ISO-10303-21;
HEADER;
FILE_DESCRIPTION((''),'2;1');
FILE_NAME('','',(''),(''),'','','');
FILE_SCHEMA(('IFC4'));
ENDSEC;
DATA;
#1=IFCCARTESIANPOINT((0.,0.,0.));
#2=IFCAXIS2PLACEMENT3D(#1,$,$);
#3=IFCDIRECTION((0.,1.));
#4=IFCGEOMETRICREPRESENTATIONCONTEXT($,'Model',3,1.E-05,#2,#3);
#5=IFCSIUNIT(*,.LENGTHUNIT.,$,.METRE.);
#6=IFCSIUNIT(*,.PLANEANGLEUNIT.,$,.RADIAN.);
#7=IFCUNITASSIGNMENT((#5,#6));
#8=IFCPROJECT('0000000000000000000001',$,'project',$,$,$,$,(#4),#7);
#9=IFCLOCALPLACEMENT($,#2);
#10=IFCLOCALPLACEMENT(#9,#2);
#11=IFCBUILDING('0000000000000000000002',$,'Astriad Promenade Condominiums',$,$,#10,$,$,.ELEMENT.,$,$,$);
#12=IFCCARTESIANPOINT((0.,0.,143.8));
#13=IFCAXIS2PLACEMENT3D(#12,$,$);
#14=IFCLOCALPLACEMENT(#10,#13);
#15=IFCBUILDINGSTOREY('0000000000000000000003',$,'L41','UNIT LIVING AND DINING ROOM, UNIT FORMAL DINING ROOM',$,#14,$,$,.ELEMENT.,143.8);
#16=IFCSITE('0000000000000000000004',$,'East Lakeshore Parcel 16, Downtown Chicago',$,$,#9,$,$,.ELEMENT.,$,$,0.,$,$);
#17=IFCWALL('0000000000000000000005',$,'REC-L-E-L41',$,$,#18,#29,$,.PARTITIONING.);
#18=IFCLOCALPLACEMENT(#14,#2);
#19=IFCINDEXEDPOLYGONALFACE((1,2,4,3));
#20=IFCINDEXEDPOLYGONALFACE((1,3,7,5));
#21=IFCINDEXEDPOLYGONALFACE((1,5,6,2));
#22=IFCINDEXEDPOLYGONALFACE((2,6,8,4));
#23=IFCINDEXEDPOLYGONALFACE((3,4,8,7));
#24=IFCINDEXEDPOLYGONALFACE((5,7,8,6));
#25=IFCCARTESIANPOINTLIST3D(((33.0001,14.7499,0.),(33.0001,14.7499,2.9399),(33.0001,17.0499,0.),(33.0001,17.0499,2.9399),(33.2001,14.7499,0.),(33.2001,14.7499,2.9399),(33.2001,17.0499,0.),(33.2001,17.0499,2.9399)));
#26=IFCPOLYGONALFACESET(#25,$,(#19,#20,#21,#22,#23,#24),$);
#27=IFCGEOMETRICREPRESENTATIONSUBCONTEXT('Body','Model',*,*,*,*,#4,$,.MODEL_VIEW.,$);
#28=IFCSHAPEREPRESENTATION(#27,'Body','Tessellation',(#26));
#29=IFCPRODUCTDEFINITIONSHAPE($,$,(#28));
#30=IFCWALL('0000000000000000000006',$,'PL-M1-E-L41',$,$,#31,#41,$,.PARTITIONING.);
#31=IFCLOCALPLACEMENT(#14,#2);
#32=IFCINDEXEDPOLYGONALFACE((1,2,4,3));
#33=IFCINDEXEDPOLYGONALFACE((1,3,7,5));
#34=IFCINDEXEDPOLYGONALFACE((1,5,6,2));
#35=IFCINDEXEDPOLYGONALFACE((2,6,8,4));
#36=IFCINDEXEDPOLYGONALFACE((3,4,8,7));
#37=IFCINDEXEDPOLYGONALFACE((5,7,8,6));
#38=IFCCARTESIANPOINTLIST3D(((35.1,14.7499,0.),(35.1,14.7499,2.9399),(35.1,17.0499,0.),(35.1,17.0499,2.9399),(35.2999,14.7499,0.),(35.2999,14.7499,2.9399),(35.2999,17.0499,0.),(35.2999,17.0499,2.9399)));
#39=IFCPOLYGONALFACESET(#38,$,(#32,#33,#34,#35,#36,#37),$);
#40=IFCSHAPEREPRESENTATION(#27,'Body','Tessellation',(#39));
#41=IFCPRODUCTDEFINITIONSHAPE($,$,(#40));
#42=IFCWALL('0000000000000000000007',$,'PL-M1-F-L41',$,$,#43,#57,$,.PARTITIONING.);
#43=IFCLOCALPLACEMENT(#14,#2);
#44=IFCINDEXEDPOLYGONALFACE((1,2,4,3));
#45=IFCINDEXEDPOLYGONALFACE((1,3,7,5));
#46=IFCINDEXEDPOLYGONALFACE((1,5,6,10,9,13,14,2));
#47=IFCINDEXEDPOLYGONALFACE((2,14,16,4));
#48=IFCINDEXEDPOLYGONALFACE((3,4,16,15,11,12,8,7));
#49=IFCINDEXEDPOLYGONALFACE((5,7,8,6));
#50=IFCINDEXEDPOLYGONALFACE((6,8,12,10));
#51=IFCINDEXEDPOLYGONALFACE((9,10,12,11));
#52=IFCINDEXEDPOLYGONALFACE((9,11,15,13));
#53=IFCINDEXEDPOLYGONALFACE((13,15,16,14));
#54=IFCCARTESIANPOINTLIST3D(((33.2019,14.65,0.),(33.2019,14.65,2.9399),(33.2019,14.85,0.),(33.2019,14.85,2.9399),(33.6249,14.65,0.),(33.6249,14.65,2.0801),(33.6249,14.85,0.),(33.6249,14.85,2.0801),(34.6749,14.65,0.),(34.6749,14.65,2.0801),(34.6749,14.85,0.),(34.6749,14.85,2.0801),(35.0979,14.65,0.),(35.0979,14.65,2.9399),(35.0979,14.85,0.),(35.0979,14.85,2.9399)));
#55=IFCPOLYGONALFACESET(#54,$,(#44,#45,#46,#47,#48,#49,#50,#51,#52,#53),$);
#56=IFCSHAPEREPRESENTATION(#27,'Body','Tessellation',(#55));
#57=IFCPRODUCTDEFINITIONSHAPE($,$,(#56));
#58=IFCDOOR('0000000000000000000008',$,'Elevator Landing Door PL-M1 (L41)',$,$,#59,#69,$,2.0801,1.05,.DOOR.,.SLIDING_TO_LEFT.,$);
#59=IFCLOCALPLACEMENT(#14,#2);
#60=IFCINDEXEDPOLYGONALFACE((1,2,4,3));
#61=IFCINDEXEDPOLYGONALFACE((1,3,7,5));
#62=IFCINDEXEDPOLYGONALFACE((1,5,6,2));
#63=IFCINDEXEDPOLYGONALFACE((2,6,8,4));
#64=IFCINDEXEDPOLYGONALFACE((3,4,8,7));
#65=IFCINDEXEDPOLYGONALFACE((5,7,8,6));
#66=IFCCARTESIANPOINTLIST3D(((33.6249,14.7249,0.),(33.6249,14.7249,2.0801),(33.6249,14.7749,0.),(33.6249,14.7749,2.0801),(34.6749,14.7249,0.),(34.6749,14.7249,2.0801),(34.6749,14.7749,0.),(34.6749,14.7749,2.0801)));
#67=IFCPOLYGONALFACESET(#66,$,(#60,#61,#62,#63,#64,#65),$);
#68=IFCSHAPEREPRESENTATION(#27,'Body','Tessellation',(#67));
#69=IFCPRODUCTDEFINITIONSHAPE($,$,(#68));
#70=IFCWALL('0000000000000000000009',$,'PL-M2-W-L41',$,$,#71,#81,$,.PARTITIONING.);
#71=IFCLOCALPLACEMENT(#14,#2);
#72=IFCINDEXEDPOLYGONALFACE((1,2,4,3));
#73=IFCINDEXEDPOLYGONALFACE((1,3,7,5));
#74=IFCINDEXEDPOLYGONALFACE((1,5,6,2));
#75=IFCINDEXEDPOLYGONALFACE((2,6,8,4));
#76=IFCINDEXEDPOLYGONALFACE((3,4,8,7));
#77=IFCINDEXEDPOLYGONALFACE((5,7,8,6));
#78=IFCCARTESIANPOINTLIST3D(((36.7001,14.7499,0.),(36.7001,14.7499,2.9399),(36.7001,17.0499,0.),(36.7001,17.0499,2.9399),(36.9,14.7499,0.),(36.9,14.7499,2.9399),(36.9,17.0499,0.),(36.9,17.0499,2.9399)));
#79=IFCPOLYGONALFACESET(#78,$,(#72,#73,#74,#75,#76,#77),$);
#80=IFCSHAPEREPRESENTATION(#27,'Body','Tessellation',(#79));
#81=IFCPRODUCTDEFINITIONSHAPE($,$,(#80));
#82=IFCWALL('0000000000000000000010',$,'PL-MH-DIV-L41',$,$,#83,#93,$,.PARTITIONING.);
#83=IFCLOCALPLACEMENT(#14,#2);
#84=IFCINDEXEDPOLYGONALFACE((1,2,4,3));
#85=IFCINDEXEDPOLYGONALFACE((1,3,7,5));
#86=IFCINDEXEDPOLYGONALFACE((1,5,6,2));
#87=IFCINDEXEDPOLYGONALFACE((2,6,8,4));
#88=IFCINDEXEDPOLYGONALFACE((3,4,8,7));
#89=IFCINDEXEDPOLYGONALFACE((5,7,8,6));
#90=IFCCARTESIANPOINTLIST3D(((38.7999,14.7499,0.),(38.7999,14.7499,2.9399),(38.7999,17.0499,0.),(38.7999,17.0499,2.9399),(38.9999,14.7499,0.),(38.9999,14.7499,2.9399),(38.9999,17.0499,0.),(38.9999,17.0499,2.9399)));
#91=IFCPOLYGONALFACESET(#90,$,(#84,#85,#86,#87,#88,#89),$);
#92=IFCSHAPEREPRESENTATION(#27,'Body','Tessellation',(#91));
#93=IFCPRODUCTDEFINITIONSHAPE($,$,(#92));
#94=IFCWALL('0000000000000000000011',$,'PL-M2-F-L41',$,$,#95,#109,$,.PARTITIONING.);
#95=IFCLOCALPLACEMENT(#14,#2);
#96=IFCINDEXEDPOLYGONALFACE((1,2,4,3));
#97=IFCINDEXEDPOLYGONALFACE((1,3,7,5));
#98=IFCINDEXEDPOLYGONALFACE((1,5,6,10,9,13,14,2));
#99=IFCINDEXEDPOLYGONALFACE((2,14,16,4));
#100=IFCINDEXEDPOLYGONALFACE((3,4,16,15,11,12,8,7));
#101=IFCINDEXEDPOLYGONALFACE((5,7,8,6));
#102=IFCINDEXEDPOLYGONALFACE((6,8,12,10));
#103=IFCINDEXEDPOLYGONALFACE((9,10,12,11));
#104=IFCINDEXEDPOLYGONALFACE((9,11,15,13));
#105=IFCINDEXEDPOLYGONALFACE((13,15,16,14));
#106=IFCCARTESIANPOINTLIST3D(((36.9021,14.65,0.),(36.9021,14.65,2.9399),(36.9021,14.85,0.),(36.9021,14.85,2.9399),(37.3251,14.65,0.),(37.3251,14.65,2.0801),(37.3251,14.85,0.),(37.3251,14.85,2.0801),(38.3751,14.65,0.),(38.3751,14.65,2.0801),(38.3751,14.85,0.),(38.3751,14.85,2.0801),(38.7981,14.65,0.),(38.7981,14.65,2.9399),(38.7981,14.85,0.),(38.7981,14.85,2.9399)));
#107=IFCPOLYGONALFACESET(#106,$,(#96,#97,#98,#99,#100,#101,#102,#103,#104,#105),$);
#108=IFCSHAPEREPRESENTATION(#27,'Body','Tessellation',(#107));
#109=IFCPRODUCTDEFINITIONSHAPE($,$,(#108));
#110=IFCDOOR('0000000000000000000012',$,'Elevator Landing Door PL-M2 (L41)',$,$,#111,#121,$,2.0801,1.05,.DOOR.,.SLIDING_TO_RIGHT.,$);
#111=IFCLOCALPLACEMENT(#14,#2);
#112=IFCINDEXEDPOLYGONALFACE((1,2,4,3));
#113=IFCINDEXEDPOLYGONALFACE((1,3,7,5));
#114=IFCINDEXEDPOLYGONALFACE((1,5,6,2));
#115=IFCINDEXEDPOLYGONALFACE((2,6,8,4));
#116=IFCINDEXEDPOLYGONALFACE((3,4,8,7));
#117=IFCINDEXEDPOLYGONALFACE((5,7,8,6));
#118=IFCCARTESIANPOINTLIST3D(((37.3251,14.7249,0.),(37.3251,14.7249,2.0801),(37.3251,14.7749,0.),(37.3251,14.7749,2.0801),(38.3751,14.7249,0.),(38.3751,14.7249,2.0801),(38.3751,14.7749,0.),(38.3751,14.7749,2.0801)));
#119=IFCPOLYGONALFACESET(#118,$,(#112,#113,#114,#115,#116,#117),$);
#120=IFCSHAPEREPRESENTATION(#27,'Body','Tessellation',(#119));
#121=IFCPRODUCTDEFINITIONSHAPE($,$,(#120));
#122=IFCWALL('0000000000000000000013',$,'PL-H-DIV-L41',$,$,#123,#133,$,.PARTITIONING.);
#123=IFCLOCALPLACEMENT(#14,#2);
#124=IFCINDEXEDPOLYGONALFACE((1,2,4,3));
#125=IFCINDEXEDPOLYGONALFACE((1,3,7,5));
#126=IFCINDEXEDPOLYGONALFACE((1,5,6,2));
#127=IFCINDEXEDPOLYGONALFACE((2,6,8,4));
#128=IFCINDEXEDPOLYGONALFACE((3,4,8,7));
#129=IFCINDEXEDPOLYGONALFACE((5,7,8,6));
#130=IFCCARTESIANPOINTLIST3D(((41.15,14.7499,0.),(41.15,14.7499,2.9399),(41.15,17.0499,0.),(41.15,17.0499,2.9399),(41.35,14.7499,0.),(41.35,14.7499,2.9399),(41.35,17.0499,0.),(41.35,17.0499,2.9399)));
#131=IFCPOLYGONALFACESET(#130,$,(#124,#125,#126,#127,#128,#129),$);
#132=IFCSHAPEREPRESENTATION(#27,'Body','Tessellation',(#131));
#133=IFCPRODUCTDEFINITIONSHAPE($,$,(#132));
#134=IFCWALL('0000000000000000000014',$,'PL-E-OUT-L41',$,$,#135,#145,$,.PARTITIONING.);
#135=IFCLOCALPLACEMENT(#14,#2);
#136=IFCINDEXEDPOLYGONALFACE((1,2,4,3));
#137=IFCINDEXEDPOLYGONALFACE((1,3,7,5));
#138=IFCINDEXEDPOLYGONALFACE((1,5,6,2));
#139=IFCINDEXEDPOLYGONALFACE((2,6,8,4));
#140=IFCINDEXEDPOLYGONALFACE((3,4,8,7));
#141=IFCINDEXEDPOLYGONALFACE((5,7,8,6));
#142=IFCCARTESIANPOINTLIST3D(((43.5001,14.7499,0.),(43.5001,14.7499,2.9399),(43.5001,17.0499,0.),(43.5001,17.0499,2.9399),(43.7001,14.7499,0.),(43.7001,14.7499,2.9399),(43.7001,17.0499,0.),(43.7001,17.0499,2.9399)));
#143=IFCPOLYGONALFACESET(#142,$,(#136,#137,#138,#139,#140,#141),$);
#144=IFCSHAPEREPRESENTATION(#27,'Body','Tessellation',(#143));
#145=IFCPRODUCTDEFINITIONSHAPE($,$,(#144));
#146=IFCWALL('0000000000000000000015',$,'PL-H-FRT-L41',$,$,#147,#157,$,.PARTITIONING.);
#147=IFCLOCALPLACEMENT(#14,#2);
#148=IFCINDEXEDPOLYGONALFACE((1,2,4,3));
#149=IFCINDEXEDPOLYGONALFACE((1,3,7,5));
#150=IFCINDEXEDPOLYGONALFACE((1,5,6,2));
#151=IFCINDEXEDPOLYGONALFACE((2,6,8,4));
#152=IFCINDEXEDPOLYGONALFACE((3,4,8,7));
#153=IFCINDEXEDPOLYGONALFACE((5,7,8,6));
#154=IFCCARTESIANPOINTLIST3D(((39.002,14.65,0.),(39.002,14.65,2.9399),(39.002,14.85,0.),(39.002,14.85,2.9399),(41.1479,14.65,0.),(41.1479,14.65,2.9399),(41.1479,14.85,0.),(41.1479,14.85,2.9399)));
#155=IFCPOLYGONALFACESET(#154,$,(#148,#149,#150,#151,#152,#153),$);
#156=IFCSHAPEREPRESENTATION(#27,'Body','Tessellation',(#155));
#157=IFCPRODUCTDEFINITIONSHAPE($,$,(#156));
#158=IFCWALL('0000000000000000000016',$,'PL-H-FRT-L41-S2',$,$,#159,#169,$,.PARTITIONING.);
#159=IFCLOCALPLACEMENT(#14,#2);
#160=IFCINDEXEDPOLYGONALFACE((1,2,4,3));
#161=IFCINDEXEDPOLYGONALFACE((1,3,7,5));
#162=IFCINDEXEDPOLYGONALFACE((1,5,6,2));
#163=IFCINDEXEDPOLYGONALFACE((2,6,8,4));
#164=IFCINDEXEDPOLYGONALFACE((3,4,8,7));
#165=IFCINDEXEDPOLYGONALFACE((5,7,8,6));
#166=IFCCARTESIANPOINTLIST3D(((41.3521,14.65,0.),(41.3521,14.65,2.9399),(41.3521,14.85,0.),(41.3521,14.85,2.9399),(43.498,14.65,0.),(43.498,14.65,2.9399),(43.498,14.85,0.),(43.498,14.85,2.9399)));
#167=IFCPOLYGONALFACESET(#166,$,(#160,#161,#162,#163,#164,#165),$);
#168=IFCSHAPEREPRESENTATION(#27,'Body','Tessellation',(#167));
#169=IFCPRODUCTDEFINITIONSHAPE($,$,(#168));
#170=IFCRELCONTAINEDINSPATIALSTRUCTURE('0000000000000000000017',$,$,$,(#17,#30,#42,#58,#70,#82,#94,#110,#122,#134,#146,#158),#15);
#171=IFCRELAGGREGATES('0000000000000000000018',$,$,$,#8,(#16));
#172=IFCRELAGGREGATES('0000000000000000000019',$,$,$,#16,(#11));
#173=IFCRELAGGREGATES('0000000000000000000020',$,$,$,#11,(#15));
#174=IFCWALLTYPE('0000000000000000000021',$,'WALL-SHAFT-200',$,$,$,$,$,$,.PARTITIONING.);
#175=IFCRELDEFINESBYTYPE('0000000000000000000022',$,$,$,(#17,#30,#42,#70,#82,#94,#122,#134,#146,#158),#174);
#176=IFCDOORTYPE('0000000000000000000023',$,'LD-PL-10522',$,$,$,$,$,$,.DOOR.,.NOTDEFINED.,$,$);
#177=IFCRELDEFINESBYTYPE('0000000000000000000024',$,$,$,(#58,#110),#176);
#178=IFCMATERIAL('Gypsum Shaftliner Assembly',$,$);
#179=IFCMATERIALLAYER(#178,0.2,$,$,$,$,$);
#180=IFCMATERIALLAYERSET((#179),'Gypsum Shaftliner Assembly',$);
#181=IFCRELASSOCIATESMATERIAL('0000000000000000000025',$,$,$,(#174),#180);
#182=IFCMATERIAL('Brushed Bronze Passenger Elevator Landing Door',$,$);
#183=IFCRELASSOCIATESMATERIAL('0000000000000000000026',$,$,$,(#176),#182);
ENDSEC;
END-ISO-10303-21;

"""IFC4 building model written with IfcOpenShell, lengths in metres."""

from ifc_helpers import new_model, si_unit, direction, frame, frame_2d, origin, place, context, subcontext, project, spatial, rectangle, extrude, source, transform, mapped, material, layer, layer_set, type_object, type_shapes, element, fill, save


model = new_model("IFC4")

# Units and contexts
model_context = context("Model", 3, precision=1e-05, world=origin(), true_north=direction((0.0, 1.0)))
body_context = subcontext(model_context, "Body", "Model", "MODEL_VIEW")
ifc_project = project(units=[si_unit("LENGTHUNIT", "METRE"), si_unit("PLANEANGLEUNIT", "RADIAN")], contexts=[model_context])

# Site, building, storey
site_placement = place(None, origin())
site = spatial("IfcSite", under=ifc_project, at=site_placement, Name="East Lakeshore Parcel 16, Downtown Chicago", CompositionType="ELEMENT", RefElevation=0.0)
building_placement = place(site_placement, origin())
building = spatial("IfcBuilding", under=site, at=building_placement, Name="Astriad Promenade Condominiums", CompositionType="ELEMENT")
storey_placement = place(building_placement, frame((0.0, 0.0, 143.8)))
storey = spatial("IfcBuildingStorey", under=building, at=storey_placement, Name="L41", Description="UNIT LIVING AND DINING ROOM, UNIT FORMAL DINING ROOM", CompositionType="ELEMENT", Elevation=143.8)

# Walls
ifc_material_1 = material(Name="Gypsum Shaftliner Assembly")
ifc_layer_1 = layer(ifc_material_1, 0.2)
ifc_layer_set_1 = layer_set([ifc_layer_1], Name="Gypsum Shaftliner Assembly")
wall_type_1 = type_object("IfcWallType", Name="WALL-SHAFT-200", PredefinedType="PARTITIONING", material=ifc_layer_set_1)
for number, where, z_axis, x_axis, name in (
    (1, (33.1001, 14.75, 0.0), (0.0, 0.0, 1.0), (0.0, 1.0, 0.0), "REC-L-E-L41"),
    (2, (35.2, 14.75, 0.0), (0.0, 0.0, 1.0), (0.0, 1.0, 0.0), "PL-M1-E-L41"),
):
    element("IfcWall", number, at=place(storey_placement, frame(where, z_axis=z_axis, x_axis=x_axis)), inside=storey, type_object=wall_type_1, Name=name, PredefinedType="PARTITIONING", context=body_context, shape_type="SweptSolid", body=[
        extrude(rectangle(XDim=2.3, YDim=0.2, at=frame_2d((1.1499, 0.0))), origin(), (0.0, 0.0, 1.0), 2.9399),
    ])

# Wall, opening, door
wall_1_placement = place(storey_placement, frame((33.2019, 14.75, 0.0), z_axis=(0.0, 0.0, 1.0), x_axis=(1.0, 0.0, 0.0)))
wall_1 = element("IfcWall", 3, at=wall_1_placement, inside=storey, type_object=wall_type_1, Name="PL-M1-F-L41", PredefinedType="PARTITIONING", context=body_context, shape_type="SweptSolid", body=[
    extrude(rectangle(XDim=1.896, YDim=0.2, at=frame_2d((0.948, 0.0))), origin(), (0.0, 0.0, 1.0), 2.9399),
])
opening_1_placement = place(wall_1_placement, frame((0.4231, 0.0, 0.0)))
opening_1 = element("IfcOpeningElement", 4, at=opening_1_placement, cuts=wall_1, PredefinedType="OPENING", context=body_context, shape_type="SweptSolid", body=[
    extrude(rectangle(XDim=1.05, YDim=2.0801, at=frame_2d((0.5249, 1.04))), frame((0.0, 0.1099, 0.0), z_axis=(0.0, -1.0, 0.0), x_axis=(1.0, 0.0, 0.0)), (0.0, 0.0, 1.0), 0.22),
])
ifc_material_2 = material(Name="Brushed Bronze Passenger Elevator Landing Door")
door_type = type_object("IfcDoorType", Name="LD-PL-10522", OperationType="NOTDEFINED", PredefinedType="DOOR", material=ifc_material_2)
shared_shape_1 = source(origin(), body_context, "Body", "SweptSolid", [
    extrude(rectangle(XDim=1.05, YDim=2.0801, at=frame_2d((0.5249, 1.04))), frame((0.0, 0.0249, 0.0), z_axis=(0.0, -1.0, 0.0), x_axis=(1.0, 0.0, 0.0)), (0.0, 0.0, 1.0), 0.05),
])
type_shapes(door_type, [shared_shape_1])
door_1_placement = place(opening_1_placement, origin())
door_1 = element("IfcDoor", 5, at=door_1_placement, inside=storey, type_object=door_type, Name="Elevator Landing Door PL-M1 (L41)", OperationType="SLIDING_TO_LEFT", OverallHeight=2.0801, OverallWidth=1.05, PredefinedType="DOOR", context=body_context, shape_type="MappedRepresentation", body=[
    mapped(shared_shape_1, transform((0.0, 0.0, 0.0), scale=1.0)),
])
fill(opening_1, door_1)

# Walls
for number, where, z_axis, x_axis, name in (
    (6, (36.8, 14.75, 0.0), (0.0, 0.0, 1.0), (0.0, 1.0, 0.0), "PL-M2-W-L41"),
    (7, (38.8999, 14.75, 0.0), (0.0, 0.0, 1.0), (0.0, 1.0, 0.0), "PL-MH-DIV-L41"),
):
    element("IfcWall", number, at=place(storey_placement, frame(where, z_axis=z_axis, x_axis=x_axis)), inside=storey, type_object=wall_type_1, Name=name, PredefinedType="PARTITIONING", context=body_context, shape_type="SweptSolid", body=[
        extrude(rectangle(XDim=2.3, YDim=0.2, at=frame_2d((1.1499, 0.0))), origin(), (0.0, 0.0, 1.0), 2.9399),
    ])

# Wall, opening, door
wall_2_placement = place(storey_placement, frame((36.9021, 14.75, 0.0), z_axis=(0.0, 0.0, 1.0), x_axis=(1.0, 0.0, 0.0)))
wall_2 = element("IfcWall", 8, at=wall_2_placement, inside=storey, type_object=wall_type_1, Name="PL-M2-F-L41", PredefinedType="PARTITIONING", context=body_context, shape_type="SweptSolid", body=[
    extrude(rectangle(XDim=1.896, YDim=0.2, at=frame_2d((0.948, 0.0))), origin(), (0.0, 0.0, 1.0), 2.9399),
])
opening_2_placement = place(wall_2_placement, frame((0.4231, 0.0, 0.0)))
opening_2 = element("IfcOpeningElement", 9, at=opening_2_placement, cuts=wall_2, PredefinedType="OPENING", context=body_context, shape_type="SweptSolid", body=[
    extrude(rectangle(XDim=1.05, YDim=2.0801, at=frame_2d((0.5249, 1.04))), frame((0.0, 0.1099, 0.0), z_axis=(0.0, -1.0, 0.0), x_axis=(1.0, 0.0, 0.0)), (0.0, 0.0, 1.0), 0.22),
])
door_2_placement = place(opening_2_placement, origin())
door_2 = element("IfcDoor", 10, at=door_2_placement, inside=storey, type_object=door_type, Name="Elevator Landing Door PL-M2 (L41)", OperationType="SLIDING_TO_RIGHT", OverallHeight=2.0801, OverallWidth=1.05, PredefinedType="DOOR", context=body_context, shape_type="MappedRepresentation", body=[
    mapped(shared_shape_1, transform((0.0, 0.0, 0.0), scale=1.0)),
])
fill(opening_2, door_2)

# Walls
for number, where, z_axis, x_axis, name in (
    (11, (41.25, 14.75, 0.0), (0.0, 0.0, 1.0), (0.0, 1.0, 0.0), "PL-H-DIV-L41"),
    (12, (43.6001, 14.75, 0.0), (0.0, 0.0, 1.0), (0.0, 1.0, 0.0), "PL-E-OUT-L41"),
):
    element("IfcWall", number, at=place(storey_placement, frame(where, z_axis=z_axis, x_axis=x_axis)), inside=storey, type_object=wall_type_1, Name=name, PredefinedType="PARTITIONING", context=body_context, shape_type="SweptSolid", body=[
        extrude(rectangle(XDim=2.3, YDim=0.2, at=frame_2d((1.1499, 0.0))), origin(), (0.0, 0.0, 1.0), 2.9399),
    ])
for number, where, z_axis, x_axis, name in (
    (13, (39.002, 14.75, 0.0), (0.0, 0.0, 1.0), (1.0, 0.0, 0.0), "PL-H-FRT-L41"),
    (14, (41.3521, 14.75, 0.0), (0.0, 0.0, 1.0), (1.0, 0.0, 0.0), "PL-H-FRT-L41-S2"),
):
    element("IfcWall", number, at=place(storey_placement, frame(where, z_axis=z_axis, x_axis=x_axis)), inside=storey, type_object=wall_type_1, Name=name, PredefinedType="PARTITIONING", context=body_context, shape_type="SweptSolid", body=[
        extrude(rectangle(XDim=2.146, YDim=0.2, at=frame_2d((1.073, 0.0))), origin(), (0.0, 0.0, 1.0), 2.9399),
    ])

save(model, "model.ifc")
